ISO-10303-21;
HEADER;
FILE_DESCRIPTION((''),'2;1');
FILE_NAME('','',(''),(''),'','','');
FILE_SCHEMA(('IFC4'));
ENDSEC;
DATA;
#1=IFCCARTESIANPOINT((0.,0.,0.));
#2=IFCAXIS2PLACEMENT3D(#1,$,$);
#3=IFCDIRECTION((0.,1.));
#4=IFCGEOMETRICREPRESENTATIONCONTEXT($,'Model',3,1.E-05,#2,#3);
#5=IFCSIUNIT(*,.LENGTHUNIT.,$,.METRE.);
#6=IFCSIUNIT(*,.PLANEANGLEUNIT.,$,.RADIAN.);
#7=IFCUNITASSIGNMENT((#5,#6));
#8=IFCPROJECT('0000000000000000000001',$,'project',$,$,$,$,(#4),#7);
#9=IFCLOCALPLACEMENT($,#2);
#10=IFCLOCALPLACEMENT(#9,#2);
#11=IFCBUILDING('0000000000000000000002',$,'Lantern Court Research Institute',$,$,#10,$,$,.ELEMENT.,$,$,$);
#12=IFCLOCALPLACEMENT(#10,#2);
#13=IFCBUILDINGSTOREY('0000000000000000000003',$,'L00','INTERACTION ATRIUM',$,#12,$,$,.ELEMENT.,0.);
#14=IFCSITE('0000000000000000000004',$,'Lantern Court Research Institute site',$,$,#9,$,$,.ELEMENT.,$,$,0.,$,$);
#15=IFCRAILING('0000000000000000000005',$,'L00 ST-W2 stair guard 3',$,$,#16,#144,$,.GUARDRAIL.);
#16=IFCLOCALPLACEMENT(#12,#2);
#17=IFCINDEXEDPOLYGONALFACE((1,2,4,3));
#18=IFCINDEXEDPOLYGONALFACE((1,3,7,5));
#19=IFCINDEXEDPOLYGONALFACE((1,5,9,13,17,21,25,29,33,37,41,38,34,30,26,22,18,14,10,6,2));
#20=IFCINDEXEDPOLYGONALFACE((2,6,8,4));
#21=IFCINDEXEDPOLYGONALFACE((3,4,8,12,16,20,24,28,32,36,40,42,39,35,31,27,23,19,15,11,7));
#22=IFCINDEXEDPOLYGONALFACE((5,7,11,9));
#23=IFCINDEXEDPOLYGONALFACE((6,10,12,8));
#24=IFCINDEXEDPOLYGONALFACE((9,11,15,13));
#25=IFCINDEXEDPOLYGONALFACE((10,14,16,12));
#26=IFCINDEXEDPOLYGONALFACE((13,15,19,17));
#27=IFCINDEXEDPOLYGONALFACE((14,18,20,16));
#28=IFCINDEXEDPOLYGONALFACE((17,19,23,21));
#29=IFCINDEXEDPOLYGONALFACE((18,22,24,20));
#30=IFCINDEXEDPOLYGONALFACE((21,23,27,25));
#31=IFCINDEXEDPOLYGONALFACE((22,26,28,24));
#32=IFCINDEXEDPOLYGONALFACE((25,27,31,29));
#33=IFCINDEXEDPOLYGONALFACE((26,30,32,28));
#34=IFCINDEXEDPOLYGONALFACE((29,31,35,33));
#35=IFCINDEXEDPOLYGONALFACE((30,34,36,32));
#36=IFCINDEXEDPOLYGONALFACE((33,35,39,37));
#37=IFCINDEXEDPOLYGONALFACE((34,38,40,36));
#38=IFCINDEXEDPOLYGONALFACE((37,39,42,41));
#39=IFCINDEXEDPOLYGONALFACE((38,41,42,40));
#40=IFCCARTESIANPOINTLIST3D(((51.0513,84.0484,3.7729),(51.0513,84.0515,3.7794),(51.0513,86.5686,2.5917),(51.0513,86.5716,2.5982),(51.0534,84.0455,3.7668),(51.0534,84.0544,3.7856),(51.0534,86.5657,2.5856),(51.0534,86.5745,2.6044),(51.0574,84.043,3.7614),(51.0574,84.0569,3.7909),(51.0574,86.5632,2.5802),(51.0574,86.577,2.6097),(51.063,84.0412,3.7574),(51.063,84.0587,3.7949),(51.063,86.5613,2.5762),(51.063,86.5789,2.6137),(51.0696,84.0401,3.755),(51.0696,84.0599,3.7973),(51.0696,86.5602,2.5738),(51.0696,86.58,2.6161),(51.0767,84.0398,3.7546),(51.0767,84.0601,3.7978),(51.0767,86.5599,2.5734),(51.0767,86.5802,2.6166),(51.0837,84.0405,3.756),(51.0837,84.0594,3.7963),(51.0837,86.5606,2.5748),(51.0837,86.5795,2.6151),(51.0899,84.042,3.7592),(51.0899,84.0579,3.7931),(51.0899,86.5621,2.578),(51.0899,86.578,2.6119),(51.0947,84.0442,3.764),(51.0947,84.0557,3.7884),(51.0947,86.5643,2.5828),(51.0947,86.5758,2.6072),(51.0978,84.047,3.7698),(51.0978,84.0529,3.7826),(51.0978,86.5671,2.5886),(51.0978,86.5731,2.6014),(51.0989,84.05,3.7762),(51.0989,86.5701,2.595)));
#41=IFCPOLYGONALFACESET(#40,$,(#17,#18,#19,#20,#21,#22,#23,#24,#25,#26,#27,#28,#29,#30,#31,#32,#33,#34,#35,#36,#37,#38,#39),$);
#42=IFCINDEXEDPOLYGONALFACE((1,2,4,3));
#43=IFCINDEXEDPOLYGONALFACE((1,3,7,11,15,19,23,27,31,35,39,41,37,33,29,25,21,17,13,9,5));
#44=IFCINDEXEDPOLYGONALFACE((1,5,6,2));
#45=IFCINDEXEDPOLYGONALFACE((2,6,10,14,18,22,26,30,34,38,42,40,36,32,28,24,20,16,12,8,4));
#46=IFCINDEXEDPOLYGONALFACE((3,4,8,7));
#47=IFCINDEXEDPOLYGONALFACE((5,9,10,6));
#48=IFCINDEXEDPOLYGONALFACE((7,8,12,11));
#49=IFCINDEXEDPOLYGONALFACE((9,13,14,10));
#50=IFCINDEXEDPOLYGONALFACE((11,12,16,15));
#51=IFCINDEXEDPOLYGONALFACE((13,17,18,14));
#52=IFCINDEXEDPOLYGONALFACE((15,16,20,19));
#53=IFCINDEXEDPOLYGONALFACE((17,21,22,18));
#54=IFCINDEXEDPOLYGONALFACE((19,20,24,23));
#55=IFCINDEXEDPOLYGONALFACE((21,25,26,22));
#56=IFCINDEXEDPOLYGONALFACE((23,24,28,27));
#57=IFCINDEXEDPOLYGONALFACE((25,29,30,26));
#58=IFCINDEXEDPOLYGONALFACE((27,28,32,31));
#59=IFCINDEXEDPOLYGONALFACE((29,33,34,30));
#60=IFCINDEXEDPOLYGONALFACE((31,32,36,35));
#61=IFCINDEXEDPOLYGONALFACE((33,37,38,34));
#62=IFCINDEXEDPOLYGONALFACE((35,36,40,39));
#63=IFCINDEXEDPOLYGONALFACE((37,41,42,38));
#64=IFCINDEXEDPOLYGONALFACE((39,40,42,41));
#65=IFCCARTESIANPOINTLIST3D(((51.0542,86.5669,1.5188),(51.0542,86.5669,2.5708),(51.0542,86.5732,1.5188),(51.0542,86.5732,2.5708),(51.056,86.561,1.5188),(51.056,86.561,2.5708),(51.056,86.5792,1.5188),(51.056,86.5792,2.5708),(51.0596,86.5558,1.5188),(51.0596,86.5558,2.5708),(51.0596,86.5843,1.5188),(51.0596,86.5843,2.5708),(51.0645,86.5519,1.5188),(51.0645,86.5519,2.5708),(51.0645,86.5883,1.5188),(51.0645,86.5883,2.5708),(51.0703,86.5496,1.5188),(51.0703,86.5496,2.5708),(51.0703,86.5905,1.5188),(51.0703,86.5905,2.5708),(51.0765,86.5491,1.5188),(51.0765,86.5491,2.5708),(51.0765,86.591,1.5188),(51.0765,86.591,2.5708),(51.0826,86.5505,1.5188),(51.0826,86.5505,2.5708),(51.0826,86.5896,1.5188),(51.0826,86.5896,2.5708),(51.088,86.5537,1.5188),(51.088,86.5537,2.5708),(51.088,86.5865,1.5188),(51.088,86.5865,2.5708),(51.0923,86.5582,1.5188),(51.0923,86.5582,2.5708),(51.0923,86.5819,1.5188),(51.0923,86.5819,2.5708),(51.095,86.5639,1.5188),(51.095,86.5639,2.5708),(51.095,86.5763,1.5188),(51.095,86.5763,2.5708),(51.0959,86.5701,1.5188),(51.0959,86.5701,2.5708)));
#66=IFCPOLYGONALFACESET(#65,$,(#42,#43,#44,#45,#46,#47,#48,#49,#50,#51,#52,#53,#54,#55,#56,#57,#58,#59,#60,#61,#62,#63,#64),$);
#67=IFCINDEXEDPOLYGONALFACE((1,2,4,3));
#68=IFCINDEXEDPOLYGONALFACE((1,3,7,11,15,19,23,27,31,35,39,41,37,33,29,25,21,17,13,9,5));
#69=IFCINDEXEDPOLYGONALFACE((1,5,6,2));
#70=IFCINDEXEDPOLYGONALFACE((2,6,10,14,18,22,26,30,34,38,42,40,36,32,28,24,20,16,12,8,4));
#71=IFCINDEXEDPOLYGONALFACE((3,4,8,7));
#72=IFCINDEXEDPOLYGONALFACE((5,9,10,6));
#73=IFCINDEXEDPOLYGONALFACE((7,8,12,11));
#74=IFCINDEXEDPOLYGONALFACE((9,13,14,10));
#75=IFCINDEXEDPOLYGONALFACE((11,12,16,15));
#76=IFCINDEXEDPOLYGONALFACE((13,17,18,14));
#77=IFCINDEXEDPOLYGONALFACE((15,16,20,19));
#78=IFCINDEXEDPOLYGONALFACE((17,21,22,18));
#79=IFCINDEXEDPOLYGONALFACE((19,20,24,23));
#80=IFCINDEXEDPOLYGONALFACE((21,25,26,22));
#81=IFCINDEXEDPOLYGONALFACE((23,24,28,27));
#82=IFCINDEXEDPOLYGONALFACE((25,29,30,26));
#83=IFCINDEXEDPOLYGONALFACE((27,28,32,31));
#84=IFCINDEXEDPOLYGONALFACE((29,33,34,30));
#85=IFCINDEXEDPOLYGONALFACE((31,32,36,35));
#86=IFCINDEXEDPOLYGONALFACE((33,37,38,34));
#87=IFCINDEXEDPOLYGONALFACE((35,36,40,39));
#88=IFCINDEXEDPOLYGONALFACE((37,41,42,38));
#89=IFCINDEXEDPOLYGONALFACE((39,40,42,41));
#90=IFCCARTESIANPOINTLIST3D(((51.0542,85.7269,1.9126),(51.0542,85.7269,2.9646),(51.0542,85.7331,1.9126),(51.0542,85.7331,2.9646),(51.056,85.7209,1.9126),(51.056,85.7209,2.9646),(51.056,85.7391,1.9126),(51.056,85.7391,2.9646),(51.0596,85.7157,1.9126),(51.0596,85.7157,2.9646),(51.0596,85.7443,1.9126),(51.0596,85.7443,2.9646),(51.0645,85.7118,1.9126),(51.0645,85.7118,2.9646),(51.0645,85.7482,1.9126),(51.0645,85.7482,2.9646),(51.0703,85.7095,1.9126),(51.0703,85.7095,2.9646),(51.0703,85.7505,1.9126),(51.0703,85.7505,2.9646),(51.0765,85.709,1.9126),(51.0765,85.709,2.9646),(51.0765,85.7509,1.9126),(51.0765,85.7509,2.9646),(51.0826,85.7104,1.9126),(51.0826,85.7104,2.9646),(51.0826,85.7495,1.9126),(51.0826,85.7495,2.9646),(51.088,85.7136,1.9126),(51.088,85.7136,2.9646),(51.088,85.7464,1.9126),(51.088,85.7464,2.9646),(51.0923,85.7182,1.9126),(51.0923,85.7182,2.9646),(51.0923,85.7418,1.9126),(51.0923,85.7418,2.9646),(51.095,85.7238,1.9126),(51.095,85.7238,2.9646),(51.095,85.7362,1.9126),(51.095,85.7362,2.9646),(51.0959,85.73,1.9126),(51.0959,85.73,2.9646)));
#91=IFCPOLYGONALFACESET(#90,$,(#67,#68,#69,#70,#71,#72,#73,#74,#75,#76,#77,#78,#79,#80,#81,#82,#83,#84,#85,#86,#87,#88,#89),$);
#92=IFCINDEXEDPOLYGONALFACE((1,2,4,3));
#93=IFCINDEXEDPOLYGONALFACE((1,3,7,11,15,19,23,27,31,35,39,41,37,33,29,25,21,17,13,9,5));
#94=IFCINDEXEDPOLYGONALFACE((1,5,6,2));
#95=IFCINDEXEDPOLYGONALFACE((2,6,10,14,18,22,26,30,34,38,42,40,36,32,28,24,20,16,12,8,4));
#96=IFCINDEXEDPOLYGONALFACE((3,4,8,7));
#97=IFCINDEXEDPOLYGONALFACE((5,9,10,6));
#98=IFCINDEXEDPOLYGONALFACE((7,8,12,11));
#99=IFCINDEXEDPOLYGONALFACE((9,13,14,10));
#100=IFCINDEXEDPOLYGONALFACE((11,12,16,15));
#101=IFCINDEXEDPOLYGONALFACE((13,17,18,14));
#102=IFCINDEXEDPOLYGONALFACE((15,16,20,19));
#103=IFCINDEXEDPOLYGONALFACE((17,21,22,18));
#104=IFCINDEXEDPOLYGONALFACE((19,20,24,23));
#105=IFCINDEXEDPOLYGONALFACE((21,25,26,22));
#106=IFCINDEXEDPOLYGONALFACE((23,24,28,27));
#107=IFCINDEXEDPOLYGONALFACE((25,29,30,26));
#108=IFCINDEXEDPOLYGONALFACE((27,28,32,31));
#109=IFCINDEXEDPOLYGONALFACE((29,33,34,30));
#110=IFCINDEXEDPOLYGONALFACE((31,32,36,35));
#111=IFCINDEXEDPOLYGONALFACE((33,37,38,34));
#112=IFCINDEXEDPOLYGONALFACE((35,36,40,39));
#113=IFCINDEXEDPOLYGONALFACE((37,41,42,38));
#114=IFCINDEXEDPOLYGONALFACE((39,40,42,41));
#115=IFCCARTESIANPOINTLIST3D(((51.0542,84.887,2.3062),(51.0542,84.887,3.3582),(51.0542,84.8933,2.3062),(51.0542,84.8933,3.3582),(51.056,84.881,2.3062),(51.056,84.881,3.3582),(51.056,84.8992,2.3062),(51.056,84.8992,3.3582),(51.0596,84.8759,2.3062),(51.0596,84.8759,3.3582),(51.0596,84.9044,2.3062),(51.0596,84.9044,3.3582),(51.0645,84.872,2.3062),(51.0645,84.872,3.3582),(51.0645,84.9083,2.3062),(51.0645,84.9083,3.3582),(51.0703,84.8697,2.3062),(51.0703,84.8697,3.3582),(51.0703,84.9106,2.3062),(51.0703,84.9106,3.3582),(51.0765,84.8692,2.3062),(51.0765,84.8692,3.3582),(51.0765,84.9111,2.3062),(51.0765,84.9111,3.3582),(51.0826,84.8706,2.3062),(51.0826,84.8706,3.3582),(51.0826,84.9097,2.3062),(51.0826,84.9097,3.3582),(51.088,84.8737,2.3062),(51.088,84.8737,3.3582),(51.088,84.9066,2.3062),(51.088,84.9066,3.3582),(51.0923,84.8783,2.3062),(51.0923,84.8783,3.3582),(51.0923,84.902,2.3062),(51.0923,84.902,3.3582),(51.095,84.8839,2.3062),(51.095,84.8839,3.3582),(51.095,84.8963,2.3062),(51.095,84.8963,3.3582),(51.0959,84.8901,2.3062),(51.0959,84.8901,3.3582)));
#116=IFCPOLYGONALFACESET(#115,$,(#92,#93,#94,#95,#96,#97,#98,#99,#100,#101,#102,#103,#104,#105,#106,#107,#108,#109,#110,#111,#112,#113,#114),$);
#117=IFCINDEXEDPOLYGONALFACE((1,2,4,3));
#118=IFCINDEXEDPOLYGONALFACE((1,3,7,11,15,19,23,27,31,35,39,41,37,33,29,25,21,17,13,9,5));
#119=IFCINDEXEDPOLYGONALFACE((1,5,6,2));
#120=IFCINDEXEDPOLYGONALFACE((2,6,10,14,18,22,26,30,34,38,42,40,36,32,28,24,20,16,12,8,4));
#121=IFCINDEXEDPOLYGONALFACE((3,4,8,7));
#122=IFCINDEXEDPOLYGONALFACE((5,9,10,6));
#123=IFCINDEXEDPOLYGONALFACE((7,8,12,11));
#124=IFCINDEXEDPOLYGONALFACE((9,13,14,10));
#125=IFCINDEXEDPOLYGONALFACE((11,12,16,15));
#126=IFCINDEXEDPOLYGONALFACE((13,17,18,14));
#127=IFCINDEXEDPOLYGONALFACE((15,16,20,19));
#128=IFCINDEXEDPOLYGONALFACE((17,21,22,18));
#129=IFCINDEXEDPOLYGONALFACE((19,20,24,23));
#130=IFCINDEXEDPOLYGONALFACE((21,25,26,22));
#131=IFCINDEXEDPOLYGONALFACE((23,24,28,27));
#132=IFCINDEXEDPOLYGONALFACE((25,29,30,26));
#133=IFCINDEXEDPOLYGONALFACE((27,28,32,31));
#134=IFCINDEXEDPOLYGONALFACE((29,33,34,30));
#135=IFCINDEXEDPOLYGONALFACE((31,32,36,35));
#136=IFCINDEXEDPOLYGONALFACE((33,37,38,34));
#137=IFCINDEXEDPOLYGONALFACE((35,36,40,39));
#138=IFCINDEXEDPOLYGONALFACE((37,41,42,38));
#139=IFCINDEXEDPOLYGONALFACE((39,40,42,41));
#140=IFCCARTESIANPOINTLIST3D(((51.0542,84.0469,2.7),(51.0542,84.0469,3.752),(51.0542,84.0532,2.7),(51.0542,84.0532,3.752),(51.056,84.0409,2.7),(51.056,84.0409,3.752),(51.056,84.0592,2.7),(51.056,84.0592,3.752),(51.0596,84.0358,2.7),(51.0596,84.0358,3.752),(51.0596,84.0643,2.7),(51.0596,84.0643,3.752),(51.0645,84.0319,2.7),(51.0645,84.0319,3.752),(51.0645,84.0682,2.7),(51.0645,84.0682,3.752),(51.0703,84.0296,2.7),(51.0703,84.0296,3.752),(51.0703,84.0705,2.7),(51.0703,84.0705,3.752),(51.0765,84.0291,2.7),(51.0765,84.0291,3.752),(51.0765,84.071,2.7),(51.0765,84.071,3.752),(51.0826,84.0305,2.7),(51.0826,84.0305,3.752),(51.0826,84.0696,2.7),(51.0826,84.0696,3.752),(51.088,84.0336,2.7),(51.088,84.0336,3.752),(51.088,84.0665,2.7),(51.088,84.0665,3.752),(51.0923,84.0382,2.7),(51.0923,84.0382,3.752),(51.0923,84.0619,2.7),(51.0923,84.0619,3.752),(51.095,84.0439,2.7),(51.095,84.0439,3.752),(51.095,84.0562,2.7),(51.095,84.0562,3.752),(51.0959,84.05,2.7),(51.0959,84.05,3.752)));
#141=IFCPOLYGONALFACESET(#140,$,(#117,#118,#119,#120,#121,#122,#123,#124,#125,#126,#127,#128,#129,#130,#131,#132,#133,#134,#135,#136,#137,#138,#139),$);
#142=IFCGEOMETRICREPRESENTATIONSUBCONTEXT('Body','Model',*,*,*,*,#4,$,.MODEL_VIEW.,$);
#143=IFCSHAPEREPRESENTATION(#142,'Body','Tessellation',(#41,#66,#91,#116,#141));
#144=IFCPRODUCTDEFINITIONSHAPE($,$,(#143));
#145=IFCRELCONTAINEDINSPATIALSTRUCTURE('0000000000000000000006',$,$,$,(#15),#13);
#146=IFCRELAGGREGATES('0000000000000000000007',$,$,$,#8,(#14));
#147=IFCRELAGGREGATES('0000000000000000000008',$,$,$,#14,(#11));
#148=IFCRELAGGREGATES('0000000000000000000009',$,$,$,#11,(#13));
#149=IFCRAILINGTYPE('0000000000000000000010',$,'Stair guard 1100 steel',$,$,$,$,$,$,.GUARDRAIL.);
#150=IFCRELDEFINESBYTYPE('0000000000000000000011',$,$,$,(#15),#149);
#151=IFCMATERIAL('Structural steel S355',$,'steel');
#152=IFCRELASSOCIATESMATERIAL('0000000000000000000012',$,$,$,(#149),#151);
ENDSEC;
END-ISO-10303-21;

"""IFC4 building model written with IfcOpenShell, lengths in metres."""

from ifc_helpers import new_model, si_unit, direction, frame, origin, origin_2d, place, context, subcontext, project, spatial, circle, extrude, material, type_object, element, save


model = new_model("IFC4")

# Units and contexts
model_context = context("Model", 3, precision=1e-05, world=origin(), true_north=direction((0.0, 1.0)))
body_context = subcontext(model_context, "Body", "Model", "MODEL_VIEW")
ifc_project = project(units=[si_unit("LENGTHUNIT", "METRE"), si_unit("PLANEANGLEUNIT", "RADIAN")], contexts=[model_context])

# Site, building, storey
site_placement = place(None, origin())
site = spatial("IfcSite", under=ifc_project, at=site_placement, Name="Lantern Court Research Institute site", CompositionType="ELEMENT", RefElevation=0.0)
building_placement = place(site_placement, origin())
building = spatial("IfcBuilding", under=site, at=building_placement, Name="Lantern Court Research Institute", CompositionType="ELEMENT")
storey_placement = place(building_placement, origin())
storey = spatial("IfcBuildingStorey", under=building, at=storey_placement, Name="L00", Description="INTERACTION ATRIUM", CompositionType="ELEMENT", Elevation=0.0)

# Railing
ifc_material_1 = material(Name="Structural steel S355", Category="steel")
railing_type_1 = type_object("IfcRailingType", Name="Stair guard 1100 steel", PredefinedType="GUARDRAIL", material=ifc_material_1)
railing_1_placement = place(storey_placement, frame((51.075, 86.5701, 1.5188)))
element("IfcRailing", 1, at=railing_1_placement, inside=storey, type_object=railing_type_1, Name="L00 ST-W2 stair guard 3", PredefinedType="GUARDRAIL", context=body_context, shape_type="SweptSolid", body=[
    extrude(circle(Radius=0.0239, at=origin_2d()), frame((0.0, 0.0, 1.0762), z_axis=(0.0, -0.905474, 0.424402), x_axis=(1.0, 0.0, 0.0)), (0.0, 0.0, 1.0), 2.7832),
    extrude(circle(Radius=0.021, at=origin_2d()), origin(), (0.0, 0.0, 1.0), 1.052),
    extrude(circle(Radius=0.021, at=origin_2d()), frame((0.0, -0.8401, 0.3938)), (0.0, 0.0, 1.0), 1.052),
    extrude(circle(Radius=0.021, at=origin_2d()), frame((0.0, -1.6799, 0.7874)), (0.0, 0.0, 1.0), 1.052),
    extrude(circle(Radius=0.021, at=origin_2d()), frame((0.0, -2.52, 1.1812)), (0.0, 0.0, 1.0), 1.052),
])

save(model, "model.ifc")
